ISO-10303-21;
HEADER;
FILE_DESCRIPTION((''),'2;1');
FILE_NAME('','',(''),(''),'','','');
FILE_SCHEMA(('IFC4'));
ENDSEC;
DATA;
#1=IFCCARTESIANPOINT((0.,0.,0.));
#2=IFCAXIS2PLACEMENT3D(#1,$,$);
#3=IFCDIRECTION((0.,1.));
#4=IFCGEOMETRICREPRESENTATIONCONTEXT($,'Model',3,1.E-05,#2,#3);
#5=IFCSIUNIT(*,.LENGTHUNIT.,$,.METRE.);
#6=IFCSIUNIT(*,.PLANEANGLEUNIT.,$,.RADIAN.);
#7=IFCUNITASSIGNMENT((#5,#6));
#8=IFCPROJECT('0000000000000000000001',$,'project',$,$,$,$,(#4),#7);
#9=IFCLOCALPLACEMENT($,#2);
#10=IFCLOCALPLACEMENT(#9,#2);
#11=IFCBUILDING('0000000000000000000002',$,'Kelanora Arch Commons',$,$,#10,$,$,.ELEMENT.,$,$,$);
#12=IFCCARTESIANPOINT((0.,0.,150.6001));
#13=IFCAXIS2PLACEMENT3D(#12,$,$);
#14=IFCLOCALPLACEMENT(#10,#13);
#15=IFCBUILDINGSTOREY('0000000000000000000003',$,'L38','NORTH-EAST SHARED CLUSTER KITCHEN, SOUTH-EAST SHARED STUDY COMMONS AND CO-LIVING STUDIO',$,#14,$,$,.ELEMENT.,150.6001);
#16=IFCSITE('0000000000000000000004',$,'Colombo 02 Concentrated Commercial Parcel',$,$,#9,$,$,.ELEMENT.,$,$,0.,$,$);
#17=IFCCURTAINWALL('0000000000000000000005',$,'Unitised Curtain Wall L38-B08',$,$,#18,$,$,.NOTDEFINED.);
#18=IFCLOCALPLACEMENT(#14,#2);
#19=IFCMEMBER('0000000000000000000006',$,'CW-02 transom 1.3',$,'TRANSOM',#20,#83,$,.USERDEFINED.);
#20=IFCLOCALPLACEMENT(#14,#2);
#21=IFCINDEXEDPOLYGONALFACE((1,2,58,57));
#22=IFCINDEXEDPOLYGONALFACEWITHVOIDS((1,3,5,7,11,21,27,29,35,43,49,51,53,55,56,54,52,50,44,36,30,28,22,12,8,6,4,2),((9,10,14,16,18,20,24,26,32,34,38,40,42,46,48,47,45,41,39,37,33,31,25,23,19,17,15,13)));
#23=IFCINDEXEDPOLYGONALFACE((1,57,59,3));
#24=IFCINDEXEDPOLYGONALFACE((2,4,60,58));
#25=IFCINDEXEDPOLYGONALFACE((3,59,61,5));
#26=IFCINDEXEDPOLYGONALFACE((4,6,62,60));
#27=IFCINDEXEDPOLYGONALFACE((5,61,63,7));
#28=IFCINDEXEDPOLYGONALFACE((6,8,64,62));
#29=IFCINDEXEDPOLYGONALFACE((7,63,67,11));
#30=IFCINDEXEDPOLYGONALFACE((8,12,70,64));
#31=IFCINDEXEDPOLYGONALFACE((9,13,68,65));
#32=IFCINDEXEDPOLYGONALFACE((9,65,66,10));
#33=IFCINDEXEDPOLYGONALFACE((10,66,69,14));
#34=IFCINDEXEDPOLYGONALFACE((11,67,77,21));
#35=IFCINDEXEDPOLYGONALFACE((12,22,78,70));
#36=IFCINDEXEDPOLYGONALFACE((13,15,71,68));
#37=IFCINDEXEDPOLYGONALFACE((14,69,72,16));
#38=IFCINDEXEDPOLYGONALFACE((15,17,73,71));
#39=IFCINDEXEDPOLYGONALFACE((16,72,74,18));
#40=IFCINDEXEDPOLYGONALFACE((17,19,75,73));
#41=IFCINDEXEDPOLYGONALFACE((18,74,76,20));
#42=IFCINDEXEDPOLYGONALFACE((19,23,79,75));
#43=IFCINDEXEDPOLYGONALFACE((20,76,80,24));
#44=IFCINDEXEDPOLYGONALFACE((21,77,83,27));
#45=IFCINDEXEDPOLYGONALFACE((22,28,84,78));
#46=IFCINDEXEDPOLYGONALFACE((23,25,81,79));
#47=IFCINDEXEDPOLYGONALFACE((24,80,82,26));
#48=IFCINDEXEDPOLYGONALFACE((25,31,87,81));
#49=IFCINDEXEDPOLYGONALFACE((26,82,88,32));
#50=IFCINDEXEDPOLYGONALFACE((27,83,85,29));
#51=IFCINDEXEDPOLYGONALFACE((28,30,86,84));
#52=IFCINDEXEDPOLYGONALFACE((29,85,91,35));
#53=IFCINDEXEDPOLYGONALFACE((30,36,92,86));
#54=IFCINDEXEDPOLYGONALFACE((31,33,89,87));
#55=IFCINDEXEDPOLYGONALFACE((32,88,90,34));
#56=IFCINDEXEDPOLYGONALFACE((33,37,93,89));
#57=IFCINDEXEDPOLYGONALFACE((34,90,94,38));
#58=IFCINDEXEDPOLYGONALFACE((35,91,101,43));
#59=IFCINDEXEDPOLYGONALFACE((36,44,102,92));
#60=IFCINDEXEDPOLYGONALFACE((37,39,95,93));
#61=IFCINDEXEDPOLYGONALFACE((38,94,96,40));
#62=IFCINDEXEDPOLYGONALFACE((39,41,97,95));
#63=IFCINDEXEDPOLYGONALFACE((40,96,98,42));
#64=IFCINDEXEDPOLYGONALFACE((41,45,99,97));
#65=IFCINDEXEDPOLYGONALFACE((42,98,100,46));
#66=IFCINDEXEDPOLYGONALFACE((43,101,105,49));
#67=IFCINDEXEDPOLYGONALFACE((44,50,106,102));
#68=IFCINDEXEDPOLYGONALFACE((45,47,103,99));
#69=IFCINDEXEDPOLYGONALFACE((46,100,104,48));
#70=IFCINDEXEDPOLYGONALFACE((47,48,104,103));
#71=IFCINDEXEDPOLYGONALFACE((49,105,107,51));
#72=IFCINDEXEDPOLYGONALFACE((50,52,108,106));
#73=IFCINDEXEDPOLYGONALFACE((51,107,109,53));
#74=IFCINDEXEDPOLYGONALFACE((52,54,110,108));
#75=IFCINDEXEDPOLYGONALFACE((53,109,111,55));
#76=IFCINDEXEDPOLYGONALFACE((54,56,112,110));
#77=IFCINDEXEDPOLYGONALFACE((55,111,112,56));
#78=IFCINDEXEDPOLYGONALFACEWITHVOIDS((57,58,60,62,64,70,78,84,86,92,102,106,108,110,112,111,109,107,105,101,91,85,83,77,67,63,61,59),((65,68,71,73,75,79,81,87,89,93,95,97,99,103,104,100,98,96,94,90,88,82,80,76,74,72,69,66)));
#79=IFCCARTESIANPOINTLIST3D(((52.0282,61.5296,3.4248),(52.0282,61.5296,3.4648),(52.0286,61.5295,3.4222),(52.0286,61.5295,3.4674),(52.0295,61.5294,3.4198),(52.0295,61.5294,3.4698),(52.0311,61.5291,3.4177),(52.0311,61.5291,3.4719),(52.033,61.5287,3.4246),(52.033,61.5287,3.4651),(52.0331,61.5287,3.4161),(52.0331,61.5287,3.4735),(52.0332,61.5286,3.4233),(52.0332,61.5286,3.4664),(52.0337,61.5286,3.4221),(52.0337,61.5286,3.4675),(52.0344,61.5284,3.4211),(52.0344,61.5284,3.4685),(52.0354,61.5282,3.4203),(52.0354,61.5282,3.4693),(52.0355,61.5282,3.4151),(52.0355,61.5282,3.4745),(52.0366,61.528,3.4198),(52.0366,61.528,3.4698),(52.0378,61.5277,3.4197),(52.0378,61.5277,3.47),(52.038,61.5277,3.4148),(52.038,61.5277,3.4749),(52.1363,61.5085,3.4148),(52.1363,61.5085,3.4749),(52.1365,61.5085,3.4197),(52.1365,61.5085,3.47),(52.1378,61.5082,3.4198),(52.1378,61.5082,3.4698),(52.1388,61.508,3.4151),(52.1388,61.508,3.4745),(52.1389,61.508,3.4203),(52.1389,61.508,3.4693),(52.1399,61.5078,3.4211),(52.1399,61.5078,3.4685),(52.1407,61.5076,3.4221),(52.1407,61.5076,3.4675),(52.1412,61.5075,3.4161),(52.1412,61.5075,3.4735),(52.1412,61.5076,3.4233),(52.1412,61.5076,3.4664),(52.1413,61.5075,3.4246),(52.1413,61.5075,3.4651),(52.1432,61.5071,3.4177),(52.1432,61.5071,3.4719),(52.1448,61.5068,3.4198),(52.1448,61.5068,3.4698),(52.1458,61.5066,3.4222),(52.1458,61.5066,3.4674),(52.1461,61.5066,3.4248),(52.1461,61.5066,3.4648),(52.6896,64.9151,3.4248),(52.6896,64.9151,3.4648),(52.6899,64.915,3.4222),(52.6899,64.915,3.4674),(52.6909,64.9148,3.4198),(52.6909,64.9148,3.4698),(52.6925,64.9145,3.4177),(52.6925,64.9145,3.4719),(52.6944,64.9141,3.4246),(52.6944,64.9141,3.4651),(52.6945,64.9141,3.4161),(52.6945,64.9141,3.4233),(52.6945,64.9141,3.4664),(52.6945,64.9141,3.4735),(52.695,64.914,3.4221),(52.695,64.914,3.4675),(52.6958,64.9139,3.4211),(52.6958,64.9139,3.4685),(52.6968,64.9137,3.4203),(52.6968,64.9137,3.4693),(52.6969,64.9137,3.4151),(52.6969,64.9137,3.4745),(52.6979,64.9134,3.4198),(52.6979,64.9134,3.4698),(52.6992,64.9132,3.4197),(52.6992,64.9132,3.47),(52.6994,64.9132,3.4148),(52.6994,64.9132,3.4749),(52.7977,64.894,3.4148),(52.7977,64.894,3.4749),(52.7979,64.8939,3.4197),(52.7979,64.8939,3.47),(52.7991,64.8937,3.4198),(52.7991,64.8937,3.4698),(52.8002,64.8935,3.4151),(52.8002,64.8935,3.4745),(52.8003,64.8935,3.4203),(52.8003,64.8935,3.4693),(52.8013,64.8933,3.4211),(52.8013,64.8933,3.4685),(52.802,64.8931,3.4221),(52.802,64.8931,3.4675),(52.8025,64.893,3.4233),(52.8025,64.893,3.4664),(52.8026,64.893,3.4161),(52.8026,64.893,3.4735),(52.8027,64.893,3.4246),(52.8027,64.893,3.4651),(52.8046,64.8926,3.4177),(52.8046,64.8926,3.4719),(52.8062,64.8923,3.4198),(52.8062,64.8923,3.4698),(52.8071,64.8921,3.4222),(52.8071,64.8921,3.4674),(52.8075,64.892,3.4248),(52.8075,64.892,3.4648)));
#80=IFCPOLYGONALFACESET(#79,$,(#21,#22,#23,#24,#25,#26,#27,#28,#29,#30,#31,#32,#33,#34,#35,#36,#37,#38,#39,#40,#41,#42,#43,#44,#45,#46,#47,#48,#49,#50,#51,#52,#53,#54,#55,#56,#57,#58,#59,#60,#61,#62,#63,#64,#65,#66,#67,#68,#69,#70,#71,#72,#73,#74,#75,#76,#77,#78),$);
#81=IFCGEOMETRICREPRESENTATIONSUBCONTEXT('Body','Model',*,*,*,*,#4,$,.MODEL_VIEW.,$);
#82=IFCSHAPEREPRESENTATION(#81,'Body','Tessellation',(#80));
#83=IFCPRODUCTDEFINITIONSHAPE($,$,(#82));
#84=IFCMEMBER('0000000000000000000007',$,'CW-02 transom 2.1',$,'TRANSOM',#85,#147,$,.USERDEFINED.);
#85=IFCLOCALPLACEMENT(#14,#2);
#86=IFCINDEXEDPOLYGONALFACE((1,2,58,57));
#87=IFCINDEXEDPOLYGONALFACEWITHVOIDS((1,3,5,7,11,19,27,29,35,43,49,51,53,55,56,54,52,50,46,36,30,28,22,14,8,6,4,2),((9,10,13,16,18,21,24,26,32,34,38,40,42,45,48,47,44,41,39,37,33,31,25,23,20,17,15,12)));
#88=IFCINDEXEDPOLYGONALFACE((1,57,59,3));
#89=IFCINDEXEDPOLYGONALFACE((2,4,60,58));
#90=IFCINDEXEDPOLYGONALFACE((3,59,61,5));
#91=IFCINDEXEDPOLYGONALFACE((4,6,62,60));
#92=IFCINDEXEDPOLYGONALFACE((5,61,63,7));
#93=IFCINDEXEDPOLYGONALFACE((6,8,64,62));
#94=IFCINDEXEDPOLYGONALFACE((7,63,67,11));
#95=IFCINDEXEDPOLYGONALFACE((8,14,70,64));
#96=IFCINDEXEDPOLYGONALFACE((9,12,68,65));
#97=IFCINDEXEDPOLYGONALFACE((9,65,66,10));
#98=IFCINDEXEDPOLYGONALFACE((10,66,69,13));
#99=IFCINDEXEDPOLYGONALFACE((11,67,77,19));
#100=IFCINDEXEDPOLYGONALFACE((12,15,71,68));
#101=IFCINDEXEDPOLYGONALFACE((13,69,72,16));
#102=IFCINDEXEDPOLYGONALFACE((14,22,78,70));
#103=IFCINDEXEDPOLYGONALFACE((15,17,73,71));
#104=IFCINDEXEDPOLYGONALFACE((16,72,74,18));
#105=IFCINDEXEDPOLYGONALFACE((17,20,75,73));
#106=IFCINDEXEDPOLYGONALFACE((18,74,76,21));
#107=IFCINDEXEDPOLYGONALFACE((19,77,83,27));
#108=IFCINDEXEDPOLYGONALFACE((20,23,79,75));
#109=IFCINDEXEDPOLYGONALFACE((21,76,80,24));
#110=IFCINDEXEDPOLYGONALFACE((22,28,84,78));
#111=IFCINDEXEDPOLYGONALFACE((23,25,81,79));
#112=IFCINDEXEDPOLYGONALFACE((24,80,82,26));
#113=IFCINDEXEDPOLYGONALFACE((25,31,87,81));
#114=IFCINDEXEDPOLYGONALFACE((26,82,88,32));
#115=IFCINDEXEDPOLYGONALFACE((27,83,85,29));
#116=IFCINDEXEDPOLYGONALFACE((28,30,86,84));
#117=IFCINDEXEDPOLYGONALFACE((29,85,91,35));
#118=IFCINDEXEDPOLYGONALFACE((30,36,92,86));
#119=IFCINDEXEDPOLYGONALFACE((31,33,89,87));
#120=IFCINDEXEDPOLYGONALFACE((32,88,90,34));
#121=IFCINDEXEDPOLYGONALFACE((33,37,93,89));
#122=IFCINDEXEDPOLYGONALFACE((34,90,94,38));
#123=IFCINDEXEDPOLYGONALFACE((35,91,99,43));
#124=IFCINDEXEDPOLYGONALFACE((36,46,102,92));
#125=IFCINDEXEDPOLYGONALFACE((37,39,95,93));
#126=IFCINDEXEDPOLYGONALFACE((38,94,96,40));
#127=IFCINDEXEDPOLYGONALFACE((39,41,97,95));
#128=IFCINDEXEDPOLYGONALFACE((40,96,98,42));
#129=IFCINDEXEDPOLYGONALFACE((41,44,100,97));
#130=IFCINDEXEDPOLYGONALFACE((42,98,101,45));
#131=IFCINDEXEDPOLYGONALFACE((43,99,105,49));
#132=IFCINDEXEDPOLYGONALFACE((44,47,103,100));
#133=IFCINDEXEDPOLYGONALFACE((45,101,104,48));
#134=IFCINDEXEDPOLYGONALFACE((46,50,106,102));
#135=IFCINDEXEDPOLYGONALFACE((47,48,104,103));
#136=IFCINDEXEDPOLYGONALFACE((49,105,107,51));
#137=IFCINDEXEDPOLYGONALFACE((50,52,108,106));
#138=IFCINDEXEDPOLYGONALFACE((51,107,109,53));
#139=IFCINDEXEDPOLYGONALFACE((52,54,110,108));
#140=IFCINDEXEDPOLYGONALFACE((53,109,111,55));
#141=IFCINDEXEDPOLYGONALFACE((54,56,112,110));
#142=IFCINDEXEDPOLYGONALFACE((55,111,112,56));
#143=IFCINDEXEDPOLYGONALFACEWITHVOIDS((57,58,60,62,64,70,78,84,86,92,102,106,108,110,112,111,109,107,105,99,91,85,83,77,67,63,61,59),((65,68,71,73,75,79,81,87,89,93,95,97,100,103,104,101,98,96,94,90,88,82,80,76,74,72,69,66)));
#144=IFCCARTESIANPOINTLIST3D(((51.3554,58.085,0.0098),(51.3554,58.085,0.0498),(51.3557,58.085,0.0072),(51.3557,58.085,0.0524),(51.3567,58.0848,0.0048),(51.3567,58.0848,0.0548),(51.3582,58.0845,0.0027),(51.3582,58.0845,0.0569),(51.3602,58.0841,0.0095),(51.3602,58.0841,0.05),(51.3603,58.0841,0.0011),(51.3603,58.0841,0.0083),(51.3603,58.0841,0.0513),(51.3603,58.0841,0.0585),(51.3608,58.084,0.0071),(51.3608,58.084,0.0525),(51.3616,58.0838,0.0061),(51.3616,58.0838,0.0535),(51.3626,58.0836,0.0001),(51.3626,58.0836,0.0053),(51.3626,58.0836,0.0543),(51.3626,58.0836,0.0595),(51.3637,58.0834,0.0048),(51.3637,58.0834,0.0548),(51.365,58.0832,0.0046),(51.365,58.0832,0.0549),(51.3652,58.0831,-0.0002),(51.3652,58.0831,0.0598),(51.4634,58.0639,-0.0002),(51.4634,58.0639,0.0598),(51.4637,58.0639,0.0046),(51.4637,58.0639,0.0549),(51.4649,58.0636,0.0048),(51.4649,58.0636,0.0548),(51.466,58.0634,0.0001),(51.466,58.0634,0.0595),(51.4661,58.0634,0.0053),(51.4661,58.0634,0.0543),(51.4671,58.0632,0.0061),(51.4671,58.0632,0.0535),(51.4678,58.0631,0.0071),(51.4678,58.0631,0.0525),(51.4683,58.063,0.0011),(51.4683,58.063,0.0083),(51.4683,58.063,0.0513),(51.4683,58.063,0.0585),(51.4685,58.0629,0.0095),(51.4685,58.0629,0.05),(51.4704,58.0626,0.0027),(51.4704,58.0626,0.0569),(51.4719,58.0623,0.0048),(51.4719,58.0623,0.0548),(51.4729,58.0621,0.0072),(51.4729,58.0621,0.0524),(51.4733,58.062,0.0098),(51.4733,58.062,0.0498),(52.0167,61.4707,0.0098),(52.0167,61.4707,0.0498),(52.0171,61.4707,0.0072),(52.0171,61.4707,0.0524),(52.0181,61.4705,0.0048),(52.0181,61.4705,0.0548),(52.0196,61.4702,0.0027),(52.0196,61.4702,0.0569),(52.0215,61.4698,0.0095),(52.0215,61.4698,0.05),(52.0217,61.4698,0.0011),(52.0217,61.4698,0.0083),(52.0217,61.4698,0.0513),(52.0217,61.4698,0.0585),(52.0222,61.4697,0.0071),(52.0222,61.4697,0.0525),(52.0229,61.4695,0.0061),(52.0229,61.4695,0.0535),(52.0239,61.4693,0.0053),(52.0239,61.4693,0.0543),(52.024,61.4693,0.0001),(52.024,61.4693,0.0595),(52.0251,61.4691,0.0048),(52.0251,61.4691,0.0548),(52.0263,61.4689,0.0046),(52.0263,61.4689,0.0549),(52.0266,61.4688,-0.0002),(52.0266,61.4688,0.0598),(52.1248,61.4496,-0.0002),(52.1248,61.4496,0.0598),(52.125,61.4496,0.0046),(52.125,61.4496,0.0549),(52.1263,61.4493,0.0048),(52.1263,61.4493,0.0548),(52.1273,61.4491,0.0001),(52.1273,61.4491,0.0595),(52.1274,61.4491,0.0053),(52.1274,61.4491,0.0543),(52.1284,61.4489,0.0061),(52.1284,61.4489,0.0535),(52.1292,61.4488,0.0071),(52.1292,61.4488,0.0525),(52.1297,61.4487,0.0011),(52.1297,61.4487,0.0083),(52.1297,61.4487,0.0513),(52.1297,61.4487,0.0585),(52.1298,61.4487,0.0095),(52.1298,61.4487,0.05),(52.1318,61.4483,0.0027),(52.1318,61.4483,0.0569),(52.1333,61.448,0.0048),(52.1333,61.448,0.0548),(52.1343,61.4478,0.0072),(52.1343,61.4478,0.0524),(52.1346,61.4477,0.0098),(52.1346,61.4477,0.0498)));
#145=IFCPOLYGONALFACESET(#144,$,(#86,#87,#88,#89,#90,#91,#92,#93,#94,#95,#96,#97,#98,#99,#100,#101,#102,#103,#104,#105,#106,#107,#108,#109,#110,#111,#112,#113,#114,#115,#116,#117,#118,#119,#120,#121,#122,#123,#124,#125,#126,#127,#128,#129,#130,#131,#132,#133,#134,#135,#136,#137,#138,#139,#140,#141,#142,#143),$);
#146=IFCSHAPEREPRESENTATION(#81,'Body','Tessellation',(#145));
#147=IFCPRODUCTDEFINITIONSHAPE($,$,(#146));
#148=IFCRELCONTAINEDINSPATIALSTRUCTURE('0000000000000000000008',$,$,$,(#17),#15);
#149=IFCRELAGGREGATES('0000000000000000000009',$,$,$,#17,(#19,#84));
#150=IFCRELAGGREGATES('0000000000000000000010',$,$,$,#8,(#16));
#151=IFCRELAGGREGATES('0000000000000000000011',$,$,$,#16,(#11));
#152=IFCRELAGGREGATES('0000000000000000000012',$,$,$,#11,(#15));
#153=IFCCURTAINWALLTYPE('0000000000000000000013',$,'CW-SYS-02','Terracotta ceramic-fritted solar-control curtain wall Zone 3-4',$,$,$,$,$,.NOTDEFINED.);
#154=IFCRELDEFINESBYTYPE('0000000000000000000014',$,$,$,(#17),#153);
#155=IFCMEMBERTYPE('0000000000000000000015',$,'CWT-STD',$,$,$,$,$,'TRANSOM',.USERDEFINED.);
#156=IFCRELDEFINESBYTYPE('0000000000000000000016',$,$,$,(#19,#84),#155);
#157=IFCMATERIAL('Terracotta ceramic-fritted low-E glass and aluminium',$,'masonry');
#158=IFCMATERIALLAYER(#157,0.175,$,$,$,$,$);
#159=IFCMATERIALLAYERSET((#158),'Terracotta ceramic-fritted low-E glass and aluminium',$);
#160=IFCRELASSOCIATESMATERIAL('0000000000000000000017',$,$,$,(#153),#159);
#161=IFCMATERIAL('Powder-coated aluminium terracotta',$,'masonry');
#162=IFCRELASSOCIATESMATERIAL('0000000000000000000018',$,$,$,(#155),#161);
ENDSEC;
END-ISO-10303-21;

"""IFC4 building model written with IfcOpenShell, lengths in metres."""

from ifc_helpers import new_model, si_unit, direction, frame, origin, origin_2d, place, context, subcontext, project, spatial, hollow_rectangle, extrude, material, layer, layer_set, material_profile, profile_set, type_object, element, aggregate, save


model = new_model("IFC4")

# Units and contexts
model_context = context("Model", 3, precision=1e-05, world=origin(), true_north=direction((0.0, 1.0)))
body_context = subcontext(model_context, "Body", "Model", "MODEL_VIEW")
ifc_project = project(units=[si_unit("LENGTHUNIT", "METRE"), si_unit("PLANEANGLEUNIT", "RADIAN")], contexts=[model_context])

# Site, building, storey
site_placement = place(None, origin())
site = spatial("IfcSite", under=ifc_project, at=site_placement, Name="Colombo 02 Concentrated Commercial Parcel", CompositionType="ELEMENT", RefElevation=0.0)
building_placement = place(site_placement, origin())
building = spatial("IfcBuilding", under=site, at=building_placement, Name="Kelanora Arch Commons", CompositionType="ELEMENT")
storey_placement = place(building_placement, frame((0.0, 0.0, 150.6001)))
storey = spatial("IfcBuildingStorey", under=building, at=storey_placement, Name="L38", Description="NORTH-EAST SHARED CLUSTER KITCHEN, SOUTH-EAST SHARED STUDY COMMONS AND CO-LIVING STUDIO", CompositionType="ELEMENT", Elevation=150.6001)

# Curtain wall, members
ifc_material_1 = material(Name="Terracotta ceramic-fritted low-E glass and aluminium", Category="masonry")
ifc_layer_1 = layer(ifc_material_1, 0.175)
ifc_layer_set_1 = layer_set([ifc_layer_1], Name="Terracotta ceramic-fritted low-E glass and aluminium")
curtain_wall_type = type_object("IfcCurtainWallType", Name="CW-SYS-02", Description="Terracotta ceramic-fritted solar-control curtain wall Zone 3-4", PredefinedType="NOTDEFINED", material=ifc_layer_set_1)
curtain_wall_placement = place(storey_placement, origin())
curtain_wall = element("IfcCurtainWall", 1, at=curtain_wall_placement, inside=storey, type_object=curtain_wall_type, Name="Unitised Curtain Wall L38-B08", PredefinedType="NOTDEFINED")
ifc_material_2 = material(Name="Powder-coated aluminium terracotta", Category="masonry")
ifc_material_profile_1 = material_profile(ifc_material_2, hollow_rectangle(XDim=0.1201, YDim=0.0601, WallThickness=0.0049, InnerFilletRadius=0.0049, OuterFilletRadius=0.01, at=origin_2d()), Name="CWT120x60")
ifc_profile_set_1 = profile_set([ifc_material_profile_1], Name="Powder-coated aluminium terracotta")
member_type_1 = type_object("IfcMemberType", Name="CWT-STD", ElementType="TRANSOM", PredefinedType="USERDEFINED", material=ifc_profile_set_1)
member_1_placement = place(storey_placement, frame((52.7485, 64.9036, 3.4448), z_axis=(-0.191732, -0.981447, 0.0), x_axis=(0.981447, -0.191732, 0.0)))
member_1 = element("IfcMember", 2, at=member_1_placement, type_object=member_type_1, Name="CW-02 transom 1.3", ObjectType="TRANSOM", PredefinedType="USERDEFINED", context=body_context, shape_type="SweptSolid", body=[
    extrude(hollow_rectangle(XDim=0.1201, YDim=0.0601, WallThickness=0.0049, InnerFilletRadius=0.0049, OuterFilletRadius=0.01, at=origin_2d()), origin(), (0.0, 0.0, 1.0), 3.4495),
])
member_2_placement = place(storey_placement, frame((52.0757, 61.4592, 0.0298), z_axis=(-0.191718, -0.98145, 0.0), x_axis=(0.98145, -0.191718, 0.0)))
member_2 = element("IfcMember", 3, at=member_2_placement, type_object=member_type_1, Name="CW-02 transom 2.1", ObjectType="TRANSOM", PredefinedType="USERDEFINED", context=body_context, shape_type="SweptSolid", body=[
    extrude(hollow_rectangle(XDim=0.1201, YDim=0.0601, WallThickness=0.0049, InnerFilletRadius=0.0049, OuterFilletRadius=0.01, at=origin_2d()), origin(), (0.0, 0.0, 1.0), 3.4497),
])
aggregate(curtain_wall, [member_1, member_2])

save(model, "model.ifc")
